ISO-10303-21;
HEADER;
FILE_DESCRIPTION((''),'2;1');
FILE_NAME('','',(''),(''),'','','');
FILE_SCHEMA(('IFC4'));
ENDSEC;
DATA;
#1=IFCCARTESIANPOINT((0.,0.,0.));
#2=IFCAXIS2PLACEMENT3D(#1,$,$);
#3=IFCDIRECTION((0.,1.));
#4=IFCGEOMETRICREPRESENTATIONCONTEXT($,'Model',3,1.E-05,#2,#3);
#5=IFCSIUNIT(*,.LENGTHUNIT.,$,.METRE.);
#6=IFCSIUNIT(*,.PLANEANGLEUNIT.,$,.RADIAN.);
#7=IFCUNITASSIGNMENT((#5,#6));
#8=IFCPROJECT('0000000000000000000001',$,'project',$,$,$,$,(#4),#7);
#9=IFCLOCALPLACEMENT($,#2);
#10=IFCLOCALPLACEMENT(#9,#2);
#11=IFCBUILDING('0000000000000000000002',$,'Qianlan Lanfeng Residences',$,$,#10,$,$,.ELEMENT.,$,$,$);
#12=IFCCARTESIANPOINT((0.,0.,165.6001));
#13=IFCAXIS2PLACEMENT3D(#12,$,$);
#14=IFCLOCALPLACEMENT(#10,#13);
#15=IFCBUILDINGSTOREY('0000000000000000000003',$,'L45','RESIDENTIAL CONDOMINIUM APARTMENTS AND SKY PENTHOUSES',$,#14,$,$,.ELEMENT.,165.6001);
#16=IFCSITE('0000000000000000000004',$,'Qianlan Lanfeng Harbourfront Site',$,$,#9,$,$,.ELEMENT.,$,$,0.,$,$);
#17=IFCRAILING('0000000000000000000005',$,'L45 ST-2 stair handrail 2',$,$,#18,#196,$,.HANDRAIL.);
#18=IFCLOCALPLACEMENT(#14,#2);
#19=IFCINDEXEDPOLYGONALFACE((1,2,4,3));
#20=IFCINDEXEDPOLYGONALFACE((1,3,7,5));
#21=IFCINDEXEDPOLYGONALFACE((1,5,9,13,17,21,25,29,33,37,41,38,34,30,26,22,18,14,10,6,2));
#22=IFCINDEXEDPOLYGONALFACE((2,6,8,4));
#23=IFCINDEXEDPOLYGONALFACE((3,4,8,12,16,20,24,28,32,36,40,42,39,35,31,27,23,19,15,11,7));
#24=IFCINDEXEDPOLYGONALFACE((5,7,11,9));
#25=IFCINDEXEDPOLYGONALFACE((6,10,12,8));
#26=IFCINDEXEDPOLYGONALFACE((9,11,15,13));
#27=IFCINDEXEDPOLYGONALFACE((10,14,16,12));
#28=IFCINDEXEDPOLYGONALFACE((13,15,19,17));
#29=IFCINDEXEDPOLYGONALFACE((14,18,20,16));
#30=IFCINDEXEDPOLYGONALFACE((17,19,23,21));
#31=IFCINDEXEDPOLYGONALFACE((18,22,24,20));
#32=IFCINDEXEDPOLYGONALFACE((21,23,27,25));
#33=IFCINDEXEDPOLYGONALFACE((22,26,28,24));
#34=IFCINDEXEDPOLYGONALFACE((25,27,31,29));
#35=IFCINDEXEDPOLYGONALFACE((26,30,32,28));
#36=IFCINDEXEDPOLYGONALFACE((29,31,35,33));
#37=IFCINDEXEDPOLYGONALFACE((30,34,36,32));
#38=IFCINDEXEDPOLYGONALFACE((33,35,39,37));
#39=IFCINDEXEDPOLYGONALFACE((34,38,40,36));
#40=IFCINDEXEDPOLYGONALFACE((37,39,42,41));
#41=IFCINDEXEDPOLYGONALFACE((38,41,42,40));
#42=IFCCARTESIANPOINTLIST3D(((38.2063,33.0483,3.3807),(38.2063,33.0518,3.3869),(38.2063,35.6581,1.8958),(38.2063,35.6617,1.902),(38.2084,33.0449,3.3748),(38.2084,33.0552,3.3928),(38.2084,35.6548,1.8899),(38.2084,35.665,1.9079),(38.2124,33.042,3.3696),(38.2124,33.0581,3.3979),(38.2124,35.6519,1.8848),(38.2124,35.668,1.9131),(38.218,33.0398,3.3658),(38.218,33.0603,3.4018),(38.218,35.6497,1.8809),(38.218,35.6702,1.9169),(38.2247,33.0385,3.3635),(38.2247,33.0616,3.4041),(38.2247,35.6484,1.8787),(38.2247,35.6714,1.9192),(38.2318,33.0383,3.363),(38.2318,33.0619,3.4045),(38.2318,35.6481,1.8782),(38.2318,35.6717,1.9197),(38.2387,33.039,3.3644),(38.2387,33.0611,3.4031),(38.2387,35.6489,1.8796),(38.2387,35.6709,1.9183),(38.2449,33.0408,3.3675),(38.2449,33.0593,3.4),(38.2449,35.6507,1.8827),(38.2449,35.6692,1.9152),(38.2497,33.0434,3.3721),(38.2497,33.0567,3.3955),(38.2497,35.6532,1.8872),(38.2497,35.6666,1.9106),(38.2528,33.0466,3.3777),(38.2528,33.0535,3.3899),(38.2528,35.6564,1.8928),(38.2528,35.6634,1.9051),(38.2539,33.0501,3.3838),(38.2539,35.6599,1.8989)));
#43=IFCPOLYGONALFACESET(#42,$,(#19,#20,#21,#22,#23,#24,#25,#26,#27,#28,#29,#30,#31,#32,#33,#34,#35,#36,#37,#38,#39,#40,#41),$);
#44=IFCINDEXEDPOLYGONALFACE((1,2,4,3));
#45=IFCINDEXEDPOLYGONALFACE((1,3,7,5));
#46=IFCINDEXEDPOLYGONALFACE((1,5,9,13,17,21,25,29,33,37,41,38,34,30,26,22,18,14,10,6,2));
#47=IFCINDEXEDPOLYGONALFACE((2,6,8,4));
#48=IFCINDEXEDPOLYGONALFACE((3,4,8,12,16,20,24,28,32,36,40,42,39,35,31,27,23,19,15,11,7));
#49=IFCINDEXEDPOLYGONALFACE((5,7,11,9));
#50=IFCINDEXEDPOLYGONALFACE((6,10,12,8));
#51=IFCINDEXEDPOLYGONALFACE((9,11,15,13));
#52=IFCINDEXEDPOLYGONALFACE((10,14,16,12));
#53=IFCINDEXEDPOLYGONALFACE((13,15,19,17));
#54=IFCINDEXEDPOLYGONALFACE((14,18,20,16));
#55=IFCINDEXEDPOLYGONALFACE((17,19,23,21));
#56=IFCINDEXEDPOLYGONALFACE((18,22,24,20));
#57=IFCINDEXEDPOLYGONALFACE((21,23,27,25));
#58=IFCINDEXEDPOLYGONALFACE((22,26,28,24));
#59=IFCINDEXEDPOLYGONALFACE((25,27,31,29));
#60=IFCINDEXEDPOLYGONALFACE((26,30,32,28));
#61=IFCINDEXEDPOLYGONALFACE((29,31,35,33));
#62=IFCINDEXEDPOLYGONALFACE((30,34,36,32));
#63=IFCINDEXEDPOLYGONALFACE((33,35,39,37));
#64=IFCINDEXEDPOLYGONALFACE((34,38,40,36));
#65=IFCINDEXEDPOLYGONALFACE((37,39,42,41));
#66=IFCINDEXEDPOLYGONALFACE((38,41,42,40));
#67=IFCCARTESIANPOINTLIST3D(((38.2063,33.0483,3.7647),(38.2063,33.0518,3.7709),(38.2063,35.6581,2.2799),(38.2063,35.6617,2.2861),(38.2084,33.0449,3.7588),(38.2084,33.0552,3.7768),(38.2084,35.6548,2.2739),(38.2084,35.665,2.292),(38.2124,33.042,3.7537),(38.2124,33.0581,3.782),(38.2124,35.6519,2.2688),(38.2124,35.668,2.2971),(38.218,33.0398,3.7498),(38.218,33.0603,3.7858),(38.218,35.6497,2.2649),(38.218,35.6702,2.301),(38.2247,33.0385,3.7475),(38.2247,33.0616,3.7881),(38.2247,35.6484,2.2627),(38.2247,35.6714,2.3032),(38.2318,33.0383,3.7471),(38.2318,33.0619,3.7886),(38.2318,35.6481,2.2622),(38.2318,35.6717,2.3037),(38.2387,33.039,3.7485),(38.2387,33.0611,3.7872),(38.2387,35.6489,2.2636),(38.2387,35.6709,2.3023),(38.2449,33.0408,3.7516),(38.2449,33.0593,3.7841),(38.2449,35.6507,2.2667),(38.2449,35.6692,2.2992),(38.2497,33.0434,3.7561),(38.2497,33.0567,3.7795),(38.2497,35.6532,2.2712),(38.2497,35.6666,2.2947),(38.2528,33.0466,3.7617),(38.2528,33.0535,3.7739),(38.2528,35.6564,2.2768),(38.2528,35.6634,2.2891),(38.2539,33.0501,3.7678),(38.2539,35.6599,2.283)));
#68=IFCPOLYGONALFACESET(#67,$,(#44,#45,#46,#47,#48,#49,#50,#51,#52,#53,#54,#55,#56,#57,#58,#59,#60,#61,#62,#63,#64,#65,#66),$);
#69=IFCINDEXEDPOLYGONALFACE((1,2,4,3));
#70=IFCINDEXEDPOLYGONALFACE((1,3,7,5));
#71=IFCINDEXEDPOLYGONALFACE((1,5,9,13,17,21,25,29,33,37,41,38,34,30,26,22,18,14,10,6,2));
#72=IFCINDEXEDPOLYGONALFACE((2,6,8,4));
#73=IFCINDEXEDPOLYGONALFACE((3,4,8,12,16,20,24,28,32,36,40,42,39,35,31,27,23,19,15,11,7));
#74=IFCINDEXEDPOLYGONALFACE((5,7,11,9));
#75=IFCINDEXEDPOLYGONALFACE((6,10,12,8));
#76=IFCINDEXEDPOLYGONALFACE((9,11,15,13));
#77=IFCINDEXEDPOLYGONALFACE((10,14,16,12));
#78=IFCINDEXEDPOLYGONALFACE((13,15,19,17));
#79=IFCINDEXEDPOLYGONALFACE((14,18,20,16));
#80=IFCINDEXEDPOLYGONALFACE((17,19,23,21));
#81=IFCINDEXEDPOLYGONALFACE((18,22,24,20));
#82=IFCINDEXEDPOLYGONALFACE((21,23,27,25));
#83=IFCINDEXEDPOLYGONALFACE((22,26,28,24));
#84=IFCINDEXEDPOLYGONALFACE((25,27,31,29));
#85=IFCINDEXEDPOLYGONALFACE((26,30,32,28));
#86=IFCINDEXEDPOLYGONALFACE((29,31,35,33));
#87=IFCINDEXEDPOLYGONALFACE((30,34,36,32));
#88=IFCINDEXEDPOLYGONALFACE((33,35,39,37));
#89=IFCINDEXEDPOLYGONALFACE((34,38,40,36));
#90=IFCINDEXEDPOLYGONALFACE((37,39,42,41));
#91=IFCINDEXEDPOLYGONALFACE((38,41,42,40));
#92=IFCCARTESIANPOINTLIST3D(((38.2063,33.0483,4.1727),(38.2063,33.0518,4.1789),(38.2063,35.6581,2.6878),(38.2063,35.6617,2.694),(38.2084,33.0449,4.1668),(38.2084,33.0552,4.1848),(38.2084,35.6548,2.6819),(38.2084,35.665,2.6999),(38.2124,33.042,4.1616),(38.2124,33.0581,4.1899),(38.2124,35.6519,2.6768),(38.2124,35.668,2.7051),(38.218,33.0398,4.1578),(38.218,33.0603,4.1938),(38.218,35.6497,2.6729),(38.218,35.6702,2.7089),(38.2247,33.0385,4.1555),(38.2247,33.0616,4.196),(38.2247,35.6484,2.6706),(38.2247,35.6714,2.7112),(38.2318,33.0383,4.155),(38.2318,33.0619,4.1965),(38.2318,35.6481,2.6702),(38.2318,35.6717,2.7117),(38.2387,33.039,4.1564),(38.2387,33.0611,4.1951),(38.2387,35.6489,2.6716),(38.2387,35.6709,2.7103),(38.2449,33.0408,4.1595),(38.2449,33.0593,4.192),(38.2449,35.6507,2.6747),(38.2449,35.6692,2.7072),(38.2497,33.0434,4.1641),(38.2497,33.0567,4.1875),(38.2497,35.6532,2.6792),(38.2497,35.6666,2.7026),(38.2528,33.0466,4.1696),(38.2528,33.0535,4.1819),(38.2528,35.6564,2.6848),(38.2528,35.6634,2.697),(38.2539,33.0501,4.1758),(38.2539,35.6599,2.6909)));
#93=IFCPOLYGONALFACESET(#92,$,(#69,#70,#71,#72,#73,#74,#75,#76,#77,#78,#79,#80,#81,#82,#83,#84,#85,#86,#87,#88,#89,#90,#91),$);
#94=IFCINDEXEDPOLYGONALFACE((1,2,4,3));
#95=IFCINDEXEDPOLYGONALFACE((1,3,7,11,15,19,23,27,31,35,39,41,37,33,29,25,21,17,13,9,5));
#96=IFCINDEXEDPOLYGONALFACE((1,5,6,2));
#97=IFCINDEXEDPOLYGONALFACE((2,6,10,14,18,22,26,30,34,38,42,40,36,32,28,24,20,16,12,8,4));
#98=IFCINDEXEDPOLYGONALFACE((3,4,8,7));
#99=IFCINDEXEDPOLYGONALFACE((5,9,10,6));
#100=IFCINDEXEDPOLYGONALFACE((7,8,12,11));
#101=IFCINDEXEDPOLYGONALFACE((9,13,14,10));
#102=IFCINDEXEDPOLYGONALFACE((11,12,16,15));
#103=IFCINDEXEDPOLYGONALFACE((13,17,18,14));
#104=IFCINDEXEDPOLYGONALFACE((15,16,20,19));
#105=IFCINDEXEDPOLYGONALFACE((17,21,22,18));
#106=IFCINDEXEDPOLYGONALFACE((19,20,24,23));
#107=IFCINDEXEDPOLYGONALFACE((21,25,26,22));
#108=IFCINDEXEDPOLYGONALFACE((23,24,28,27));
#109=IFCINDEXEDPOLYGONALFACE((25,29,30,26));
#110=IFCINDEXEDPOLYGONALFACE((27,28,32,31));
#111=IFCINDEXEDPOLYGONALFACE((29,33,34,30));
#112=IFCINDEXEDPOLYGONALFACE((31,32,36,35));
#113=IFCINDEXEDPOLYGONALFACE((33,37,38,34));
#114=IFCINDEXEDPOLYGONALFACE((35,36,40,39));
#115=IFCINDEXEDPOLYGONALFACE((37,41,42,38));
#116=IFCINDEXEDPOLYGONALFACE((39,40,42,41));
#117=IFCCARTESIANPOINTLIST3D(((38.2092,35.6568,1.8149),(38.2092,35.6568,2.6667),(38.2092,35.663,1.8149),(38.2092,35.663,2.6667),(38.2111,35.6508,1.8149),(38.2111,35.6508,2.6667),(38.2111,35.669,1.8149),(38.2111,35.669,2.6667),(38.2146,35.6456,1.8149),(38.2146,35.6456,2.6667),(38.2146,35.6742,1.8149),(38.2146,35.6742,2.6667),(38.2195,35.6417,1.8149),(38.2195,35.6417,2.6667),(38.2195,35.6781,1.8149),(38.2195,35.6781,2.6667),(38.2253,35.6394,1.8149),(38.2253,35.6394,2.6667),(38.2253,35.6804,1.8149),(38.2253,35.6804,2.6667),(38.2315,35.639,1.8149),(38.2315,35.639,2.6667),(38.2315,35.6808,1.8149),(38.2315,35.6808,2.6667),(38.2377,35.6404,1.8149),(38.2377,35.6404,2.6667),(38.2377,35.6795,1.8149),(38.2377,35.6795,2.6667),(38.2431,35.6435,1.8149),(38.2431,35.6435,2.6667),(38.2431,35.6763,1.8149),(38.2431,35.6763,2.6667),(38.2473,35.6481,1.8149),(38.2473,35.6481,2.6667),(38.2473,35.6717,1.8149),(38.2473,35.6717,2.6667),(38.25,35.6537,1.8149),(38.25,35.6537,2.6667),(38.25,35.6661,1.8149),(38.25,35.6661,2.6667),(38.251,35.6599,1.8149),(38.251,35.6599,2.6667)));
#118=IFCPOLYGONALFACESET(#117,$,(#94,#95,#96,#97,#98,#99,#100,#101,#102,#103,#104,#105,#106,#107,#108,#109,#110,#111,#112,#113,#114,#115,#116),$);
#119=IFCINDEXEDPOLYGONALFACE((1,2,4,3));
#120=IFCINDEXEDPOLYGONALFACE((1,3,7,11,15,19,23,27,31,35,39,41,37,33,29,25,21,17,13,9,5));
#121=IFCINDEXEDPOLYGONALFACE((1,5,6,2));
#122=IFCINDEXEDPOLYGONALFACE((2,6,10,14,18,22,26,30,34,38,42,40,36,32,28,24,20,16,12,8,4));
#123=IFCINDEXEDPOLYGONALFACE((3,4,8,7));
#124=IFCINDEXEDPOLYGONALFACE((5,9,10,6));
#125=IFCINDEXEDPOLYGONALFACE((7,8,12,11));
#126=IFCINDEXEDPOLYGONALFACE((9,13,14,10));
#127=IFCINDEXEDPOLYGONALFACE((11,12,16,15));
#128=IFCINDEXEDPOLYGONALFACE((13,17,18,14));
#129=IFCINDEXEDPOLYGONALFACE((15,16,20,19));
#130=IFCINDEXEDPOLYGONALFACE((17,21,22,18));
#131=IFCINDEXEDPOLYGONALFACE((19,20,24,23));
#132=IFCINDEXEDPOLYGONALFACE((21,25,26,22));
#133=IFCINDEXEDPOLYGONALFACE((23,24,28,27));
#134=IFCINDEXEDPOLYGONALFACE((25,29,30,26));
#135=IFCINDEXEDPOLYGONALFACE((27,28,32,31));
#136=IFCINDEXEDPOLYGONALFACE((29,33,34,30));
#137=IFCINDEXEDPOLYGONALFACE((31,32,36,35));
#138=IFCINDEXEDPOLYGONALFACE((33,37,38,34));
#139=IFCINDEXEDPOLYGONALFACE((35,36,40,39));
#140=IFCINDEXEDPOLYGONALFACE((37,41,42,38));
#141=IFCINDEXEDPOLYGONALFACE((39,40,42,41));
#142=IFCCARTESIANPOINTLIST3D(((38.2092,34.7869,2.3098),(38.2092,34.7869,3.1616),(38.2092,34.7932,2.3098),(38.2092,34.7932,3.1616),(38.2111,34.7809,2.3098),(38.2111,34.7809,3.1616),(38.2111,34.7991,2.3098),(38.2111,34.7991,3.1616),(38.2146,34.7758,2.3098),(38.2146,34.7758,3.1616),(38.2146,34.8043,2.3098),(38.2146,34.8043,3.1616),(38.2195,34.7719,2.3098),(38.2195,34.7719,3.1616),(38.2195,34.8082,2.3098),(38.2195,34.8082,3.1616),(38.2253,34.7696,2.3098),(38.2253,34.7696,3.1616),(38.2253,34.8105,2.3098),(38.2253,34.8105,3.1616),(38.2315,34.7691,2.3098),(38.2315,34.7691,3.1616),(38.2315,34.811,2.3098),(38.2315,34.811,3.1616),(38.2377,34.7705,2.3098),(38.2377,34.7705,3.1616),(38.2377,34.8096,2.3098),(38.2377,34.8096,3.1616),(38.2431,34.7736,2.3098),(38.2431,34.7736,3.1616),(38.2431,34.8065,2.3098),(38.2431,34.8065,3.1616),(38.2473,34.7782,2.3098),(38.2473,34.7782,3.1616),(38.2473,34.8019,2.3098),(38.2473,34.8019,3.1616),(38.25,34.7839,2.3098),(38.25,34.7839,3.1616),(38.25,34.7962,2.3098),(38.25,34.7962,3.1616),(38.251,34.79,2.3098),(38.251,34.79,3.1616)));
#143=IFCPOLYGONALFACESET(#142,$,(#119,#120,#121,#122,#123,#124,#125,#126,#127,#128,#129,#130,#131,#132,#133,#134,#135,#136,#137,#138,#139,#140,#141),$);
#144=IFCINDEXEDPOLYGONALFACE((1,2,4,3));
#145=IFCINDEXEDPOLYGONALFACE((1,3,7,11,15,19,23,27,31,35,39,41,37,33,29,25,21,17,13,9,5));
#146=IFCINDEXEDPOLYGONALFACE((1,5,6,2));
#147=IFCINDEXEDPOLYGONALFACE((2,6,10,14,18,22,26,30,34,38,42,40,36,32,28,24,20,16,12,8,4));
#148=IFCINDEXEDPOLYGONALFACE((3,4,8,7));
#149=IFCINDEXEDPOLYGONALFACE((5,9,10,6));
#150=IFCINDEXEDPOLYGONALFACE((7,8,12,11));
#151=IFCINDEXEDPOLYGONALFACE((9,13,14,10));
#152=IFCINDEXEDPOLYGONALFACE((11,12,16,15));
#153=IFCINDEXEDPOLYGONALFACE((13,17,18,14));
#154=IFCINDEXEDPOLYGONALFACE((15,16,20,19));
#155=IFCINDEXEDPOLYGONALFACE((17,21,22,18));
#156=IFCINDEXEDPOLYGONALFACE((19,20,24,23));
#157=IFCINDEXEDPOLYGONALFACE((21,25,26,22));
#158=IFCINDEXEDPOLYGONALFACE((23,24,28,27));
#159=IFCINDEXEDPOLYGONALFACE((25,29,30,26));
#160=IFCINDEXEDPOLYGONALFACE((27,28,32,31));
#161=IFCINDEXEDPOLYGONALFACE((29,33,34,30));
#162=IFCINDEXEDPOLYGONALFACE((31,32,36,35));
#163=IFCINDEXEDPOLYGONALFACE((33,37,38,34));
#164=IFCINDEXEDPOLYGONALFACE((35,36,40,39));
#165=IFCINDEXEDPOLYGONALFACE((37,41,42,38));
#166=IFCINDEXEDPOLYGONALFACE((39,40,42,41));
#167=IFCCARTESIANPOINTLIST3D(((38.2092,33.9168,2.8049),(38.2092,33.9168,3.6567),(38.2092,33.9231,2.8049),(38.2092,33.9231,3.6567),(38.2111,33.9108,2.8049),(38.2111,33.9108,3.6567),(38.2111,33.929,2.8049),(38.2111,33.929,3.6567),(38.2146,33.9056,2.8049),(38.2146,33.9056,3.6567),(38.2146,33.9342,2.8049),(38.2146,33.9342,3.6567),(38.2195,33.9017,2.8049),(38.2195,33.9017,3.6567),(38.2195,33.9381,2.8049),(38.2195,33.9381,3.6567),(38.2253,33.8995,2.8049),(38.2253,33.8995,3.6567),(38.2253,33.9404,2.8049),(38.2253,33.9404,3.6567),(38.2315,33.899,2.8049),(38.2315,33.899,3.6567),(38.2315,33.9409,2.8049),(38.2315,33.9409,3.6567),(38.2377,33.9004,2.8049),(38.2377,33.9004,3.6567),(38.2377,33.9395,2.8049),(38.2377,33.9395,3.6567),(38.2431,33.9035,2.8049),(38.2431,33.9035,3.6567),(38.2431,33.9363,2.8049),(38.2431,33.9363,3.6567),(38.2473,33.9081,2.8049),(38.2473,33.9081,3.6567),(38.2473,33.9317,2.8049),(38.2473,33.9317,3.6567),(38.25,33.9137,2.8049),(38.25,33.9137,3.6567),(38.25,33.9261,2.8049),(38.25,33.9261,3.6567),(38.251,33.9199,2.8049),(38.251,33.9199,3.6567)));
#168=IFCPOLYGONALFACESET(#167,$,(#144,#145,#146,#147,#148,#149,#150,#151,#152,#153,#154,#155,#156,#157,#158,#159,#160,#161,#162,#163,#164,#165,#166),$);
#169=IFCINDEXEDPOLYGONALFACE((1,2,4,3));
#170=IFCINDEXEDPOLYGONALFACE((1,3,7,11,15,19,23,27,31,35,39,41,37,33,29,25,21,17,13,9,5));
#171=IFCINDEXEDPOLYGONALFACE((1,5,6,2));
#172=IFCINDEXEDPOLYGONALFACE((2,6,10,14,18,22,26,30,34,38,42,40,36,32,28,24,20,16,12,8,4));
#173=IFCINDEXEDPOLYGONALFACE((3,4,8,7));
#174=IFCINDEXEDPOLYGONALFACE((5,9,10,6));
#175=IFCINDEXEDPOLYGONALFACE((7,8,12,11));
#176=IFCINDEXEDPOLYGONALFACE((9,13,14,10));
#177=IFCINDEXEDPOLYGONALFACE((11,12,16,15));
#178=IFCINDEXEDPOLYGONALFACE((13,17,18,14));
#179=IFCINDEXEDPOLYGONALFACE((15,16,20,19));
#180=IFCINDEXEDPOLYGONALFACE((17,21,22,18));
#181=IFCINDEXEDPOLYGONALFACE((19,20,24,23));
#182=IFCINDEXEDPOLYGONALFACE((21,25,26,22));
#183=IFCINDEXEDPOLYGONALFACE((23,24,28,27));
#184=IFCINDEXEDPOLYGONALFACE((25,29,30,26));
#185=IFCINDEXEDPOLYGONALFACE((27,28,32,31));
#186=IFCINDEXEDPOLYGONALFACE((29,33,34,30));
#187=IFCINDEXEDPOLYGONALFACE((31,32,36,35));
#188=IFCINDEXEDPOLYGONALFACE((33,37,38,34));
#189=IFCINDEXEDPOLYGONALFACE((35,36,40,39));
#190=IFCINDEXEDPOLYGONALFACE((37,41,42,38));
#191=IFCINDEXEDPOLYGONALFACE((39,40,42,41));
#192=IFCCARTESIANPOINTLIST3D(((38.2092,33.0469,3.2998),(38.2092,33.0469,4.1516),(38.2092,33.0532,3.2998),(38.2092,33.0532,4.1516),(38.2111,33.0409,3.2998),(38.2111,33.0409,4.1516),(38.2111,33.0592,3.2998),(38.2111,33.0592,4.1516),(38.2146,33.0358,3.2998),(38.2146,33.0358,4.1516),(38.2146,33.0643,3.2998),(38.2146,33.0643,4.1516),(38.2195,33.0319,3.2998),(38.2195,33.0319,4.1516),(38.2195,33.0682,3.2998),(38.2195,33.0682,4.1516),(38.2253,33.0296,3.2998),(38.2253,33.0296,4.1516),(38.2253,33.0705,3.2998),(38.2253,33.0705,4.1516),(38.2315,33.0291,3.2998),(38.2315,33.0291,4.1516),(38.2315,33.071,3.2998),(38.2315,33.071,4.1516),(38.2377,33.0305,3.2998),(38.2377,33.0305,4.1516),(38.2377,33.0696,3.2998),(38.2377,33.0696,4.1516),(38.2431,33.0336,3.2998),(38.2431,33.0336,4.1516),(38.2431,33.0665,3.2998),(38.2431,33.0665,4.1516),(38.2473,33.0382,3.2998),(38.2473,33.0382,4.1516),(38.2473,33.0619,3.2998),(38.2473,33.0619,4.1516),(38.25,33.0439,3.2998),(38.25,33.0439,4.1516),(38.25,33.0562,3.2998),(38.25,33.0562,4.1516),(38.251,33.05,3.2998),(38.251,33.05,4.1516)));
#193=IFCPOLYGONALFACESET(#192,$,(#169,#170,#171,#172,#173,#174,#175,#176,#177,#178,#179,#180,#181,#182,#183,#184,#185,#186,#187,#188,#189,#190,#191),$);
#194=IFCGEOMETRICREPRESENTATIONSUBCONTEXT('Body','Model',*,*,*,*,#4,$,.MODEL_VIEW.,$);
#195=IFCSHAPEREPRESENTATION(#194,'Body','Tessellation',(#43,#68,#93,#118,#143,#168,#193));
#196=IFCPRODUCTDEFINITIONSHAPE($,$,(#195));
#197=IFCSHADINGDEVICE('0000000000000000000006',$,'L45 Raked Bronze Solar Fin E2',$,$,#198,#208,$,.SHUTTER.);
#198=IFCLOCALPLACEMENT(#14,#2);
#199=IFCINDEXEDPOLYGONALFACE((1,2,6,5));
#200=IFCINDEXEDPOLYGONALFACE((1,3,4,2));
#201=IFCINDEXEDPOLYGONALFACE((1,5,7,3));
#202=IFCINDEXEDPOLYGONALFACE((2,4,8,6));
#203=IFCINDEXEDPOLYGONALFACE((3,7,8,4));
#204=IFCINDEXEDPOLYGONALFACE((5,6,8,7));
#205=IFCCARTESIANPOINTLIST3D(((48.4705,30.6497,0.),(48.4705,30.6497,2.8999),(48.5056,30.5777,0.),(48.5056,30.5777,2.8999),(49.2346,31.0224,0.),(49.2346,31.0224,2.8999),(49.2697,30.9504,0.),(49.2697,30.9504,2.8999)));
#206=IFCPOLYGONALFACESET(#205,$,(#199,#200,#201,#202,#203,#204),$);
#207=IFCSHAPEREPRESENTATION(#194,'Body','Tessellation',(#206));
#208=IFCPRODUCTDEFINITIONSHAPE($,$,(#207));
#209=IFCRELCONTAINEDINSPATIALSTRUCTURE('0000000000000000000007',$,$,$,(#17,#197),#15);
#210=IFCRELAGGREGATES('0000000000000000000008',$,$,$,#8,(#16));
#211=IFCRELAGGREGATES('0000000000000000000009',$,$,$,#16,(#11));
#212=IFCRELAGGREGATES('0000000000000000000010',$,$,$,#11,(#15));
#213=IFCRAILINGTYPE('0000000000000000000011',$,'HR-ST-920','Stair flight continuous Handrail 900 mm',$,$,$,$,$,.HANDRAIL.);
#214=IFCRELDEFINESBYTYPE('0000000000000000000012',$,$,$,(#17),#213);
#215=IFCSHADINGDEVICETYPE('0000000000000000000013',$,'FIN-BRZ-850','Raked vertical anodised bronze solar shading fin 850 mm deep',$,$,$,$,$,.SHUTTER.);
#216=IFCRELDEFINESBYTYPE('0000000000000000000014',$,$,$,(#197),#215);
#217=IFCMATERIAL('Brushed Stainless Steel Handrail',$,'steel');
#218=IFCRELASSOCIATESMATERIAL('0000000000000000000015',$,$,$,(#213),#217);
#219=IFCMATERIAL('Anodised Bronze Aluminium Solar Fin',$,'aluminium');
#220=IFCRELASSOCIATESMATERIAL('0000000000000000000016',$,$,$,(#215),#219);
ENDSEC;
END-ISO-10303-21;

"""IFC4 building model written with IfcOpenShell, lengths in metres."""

from ifc_helpers import new_model, si_unit, direction, frame, origin, origin_2d, place, context, subcontext, project, spatial, rectangle, circle, extrude, source, transform, mapped, material, type_object, element, save


model = new_model("IFC4")

# Units and contexts
model_context = context("Model", 3, precision=1e-05, world=origin(), true_north=direction((0.0, 1.0)))
body_context = subcontext(model_context, "Body", "Model", "MODEL_VIEW")
ifc_project = project(units=[si_unit("LENGTHUNIT", "METRE"), si_unit("PLANEANGLEUNIT", "RADIAN")], contexts=[model_context])

# Site, building, storey
site_placement = place(None, origin())
site = spatial("IfcSite", under=ifc_project, at=site_placement, Name="Qianlan Lanfeng Harbourfront Site", CompositionType="ELEMENT", RefElevation=0.0)
building_placement = place(site_placement, origin())
building = spatial("IfcBuilding", under=site, at=building_placement, Name="Qianlan Lanfeng Residences", CompositionType="ELEMENT")
storey_placement = place(building_placement, frame((0.0, 0.0, 165.6001)))
storey = spatial("IfcBuildingStorey", under=building, at=storey_placement, Name="L45", Description="RESIDENTIAL CONDOMINIUM APARTMENTS AND SKY PENTHOUSES", CompositionType="ELEMENT", Elevation=165.6001)

# Railing
ifc_material_1 = material(Name="Brushed Stainless Steel Handrail", Category="steel")
railing_type_1 = type_object("IfcRailingType", Name="HR-ST-920", Description="Stair flight continuous Handrail 900 mm", PredefinedType="HANDRAIL", material=ifc_material_1)
railing_1_placement = place(storey_placement, frame((38.23, 35.6599, 1.8149)))
element("IfcRailing", 1, at=railing_1_placement, inside=storey, type_object=railing_type_1, Name="L45 ST-2 stair handrail 2", PredefinedType="HANDRAIL", context=body_context, shape_type="SweptSolid", body=[
    extrude(circle(Radius=0.0239, at=origin_2d()), frame((0.0, 0.0, 0.084), z_axis=(0.0, -0.869172, 0.494509), x_axis=(1.0, 0.0, 0.0)), (0.0, 0.0, 1.0), 3.0027),
    extrude(circle(Radius=0.0239, at=origin_2d()), frame((0.0, 0.0, 0.468), z_axis=(0.0, -0.869172, 0.494509), x_axis=(1.0, 0.0, 0.0)), (0.0, 0.0, 1.0), 3.0027),
    extrude(circle(Radius=0.0239, at=origin_2d()), frame((0.0, 0.0, 0.876), z_axis=(0.0, -0.869172, 0.494509), x_axis=(1.0, 0.0, 0.0)), (0.0, 0.0, 1.0), 3.0027),
    extrude(circle(Radius=0.021, at=origin_2d()), origin(), (0.0, 0.0, 1.0), 0.8518),
    extrude(circle(Radius=0.021, at=origin_2d()), frame((0.0, -0.8699, 0.4949)), (0.0, 0.0, 1.0), 0.8518),
    extrude(circle(Radius=0.021, at=origin_2d()), frame((0.0, -1.74, 0.99)), (0.0, 0.0, 1.0), 0.8518),
    extrude(circle(Radius=0.021, at=origin_2d()), frame((0.0, -2.6099, 1.4849)), (0.0, 0.0, 1.0), 0.8518),
])

# Shading device
ifc_material_2 = material(Name="Anodised Bronze Aluminium Solar Fin", Category="aluminium")
shading_device_type = type_object("IfcShadingDeviceType", Name="FIN-BRZ-850", Description="Raked vertical anodised bronze solar shading fin 850 mm deep", PredefinedType="SHUTTER", material=ifc_material_2)
shared_shape_1 = source(origin(), body_context, "Body", "SweptSolid", [
    extrude(rectangle(XDim=0.8501, YDim=0.0801, at=origin_2d()), origin(), (0.0, 0.0, 1.0), 2.8999),
])
shading_device_placement = place(storey_placement, frame((48.8701, 30.8, 0.0), z_axis=(0.0, 0.0, 1.0), x_axis=(0.898794, 0.438371, 0.0)))
element("IfcShadingDevice", 2, at=shading_device_placement, inside=storey, type_object=shading_device_type, Name="L45 Raked Bronze Solar Fin E2", PredefinedType="SHUTTER", context=body_context, shape_type="MappedRepresentation", body=[
    mapped(shared_shape_1, transform((0.0, 0.0, 0.0), scale=1.0)),
])

save(model, "model.ifc")
